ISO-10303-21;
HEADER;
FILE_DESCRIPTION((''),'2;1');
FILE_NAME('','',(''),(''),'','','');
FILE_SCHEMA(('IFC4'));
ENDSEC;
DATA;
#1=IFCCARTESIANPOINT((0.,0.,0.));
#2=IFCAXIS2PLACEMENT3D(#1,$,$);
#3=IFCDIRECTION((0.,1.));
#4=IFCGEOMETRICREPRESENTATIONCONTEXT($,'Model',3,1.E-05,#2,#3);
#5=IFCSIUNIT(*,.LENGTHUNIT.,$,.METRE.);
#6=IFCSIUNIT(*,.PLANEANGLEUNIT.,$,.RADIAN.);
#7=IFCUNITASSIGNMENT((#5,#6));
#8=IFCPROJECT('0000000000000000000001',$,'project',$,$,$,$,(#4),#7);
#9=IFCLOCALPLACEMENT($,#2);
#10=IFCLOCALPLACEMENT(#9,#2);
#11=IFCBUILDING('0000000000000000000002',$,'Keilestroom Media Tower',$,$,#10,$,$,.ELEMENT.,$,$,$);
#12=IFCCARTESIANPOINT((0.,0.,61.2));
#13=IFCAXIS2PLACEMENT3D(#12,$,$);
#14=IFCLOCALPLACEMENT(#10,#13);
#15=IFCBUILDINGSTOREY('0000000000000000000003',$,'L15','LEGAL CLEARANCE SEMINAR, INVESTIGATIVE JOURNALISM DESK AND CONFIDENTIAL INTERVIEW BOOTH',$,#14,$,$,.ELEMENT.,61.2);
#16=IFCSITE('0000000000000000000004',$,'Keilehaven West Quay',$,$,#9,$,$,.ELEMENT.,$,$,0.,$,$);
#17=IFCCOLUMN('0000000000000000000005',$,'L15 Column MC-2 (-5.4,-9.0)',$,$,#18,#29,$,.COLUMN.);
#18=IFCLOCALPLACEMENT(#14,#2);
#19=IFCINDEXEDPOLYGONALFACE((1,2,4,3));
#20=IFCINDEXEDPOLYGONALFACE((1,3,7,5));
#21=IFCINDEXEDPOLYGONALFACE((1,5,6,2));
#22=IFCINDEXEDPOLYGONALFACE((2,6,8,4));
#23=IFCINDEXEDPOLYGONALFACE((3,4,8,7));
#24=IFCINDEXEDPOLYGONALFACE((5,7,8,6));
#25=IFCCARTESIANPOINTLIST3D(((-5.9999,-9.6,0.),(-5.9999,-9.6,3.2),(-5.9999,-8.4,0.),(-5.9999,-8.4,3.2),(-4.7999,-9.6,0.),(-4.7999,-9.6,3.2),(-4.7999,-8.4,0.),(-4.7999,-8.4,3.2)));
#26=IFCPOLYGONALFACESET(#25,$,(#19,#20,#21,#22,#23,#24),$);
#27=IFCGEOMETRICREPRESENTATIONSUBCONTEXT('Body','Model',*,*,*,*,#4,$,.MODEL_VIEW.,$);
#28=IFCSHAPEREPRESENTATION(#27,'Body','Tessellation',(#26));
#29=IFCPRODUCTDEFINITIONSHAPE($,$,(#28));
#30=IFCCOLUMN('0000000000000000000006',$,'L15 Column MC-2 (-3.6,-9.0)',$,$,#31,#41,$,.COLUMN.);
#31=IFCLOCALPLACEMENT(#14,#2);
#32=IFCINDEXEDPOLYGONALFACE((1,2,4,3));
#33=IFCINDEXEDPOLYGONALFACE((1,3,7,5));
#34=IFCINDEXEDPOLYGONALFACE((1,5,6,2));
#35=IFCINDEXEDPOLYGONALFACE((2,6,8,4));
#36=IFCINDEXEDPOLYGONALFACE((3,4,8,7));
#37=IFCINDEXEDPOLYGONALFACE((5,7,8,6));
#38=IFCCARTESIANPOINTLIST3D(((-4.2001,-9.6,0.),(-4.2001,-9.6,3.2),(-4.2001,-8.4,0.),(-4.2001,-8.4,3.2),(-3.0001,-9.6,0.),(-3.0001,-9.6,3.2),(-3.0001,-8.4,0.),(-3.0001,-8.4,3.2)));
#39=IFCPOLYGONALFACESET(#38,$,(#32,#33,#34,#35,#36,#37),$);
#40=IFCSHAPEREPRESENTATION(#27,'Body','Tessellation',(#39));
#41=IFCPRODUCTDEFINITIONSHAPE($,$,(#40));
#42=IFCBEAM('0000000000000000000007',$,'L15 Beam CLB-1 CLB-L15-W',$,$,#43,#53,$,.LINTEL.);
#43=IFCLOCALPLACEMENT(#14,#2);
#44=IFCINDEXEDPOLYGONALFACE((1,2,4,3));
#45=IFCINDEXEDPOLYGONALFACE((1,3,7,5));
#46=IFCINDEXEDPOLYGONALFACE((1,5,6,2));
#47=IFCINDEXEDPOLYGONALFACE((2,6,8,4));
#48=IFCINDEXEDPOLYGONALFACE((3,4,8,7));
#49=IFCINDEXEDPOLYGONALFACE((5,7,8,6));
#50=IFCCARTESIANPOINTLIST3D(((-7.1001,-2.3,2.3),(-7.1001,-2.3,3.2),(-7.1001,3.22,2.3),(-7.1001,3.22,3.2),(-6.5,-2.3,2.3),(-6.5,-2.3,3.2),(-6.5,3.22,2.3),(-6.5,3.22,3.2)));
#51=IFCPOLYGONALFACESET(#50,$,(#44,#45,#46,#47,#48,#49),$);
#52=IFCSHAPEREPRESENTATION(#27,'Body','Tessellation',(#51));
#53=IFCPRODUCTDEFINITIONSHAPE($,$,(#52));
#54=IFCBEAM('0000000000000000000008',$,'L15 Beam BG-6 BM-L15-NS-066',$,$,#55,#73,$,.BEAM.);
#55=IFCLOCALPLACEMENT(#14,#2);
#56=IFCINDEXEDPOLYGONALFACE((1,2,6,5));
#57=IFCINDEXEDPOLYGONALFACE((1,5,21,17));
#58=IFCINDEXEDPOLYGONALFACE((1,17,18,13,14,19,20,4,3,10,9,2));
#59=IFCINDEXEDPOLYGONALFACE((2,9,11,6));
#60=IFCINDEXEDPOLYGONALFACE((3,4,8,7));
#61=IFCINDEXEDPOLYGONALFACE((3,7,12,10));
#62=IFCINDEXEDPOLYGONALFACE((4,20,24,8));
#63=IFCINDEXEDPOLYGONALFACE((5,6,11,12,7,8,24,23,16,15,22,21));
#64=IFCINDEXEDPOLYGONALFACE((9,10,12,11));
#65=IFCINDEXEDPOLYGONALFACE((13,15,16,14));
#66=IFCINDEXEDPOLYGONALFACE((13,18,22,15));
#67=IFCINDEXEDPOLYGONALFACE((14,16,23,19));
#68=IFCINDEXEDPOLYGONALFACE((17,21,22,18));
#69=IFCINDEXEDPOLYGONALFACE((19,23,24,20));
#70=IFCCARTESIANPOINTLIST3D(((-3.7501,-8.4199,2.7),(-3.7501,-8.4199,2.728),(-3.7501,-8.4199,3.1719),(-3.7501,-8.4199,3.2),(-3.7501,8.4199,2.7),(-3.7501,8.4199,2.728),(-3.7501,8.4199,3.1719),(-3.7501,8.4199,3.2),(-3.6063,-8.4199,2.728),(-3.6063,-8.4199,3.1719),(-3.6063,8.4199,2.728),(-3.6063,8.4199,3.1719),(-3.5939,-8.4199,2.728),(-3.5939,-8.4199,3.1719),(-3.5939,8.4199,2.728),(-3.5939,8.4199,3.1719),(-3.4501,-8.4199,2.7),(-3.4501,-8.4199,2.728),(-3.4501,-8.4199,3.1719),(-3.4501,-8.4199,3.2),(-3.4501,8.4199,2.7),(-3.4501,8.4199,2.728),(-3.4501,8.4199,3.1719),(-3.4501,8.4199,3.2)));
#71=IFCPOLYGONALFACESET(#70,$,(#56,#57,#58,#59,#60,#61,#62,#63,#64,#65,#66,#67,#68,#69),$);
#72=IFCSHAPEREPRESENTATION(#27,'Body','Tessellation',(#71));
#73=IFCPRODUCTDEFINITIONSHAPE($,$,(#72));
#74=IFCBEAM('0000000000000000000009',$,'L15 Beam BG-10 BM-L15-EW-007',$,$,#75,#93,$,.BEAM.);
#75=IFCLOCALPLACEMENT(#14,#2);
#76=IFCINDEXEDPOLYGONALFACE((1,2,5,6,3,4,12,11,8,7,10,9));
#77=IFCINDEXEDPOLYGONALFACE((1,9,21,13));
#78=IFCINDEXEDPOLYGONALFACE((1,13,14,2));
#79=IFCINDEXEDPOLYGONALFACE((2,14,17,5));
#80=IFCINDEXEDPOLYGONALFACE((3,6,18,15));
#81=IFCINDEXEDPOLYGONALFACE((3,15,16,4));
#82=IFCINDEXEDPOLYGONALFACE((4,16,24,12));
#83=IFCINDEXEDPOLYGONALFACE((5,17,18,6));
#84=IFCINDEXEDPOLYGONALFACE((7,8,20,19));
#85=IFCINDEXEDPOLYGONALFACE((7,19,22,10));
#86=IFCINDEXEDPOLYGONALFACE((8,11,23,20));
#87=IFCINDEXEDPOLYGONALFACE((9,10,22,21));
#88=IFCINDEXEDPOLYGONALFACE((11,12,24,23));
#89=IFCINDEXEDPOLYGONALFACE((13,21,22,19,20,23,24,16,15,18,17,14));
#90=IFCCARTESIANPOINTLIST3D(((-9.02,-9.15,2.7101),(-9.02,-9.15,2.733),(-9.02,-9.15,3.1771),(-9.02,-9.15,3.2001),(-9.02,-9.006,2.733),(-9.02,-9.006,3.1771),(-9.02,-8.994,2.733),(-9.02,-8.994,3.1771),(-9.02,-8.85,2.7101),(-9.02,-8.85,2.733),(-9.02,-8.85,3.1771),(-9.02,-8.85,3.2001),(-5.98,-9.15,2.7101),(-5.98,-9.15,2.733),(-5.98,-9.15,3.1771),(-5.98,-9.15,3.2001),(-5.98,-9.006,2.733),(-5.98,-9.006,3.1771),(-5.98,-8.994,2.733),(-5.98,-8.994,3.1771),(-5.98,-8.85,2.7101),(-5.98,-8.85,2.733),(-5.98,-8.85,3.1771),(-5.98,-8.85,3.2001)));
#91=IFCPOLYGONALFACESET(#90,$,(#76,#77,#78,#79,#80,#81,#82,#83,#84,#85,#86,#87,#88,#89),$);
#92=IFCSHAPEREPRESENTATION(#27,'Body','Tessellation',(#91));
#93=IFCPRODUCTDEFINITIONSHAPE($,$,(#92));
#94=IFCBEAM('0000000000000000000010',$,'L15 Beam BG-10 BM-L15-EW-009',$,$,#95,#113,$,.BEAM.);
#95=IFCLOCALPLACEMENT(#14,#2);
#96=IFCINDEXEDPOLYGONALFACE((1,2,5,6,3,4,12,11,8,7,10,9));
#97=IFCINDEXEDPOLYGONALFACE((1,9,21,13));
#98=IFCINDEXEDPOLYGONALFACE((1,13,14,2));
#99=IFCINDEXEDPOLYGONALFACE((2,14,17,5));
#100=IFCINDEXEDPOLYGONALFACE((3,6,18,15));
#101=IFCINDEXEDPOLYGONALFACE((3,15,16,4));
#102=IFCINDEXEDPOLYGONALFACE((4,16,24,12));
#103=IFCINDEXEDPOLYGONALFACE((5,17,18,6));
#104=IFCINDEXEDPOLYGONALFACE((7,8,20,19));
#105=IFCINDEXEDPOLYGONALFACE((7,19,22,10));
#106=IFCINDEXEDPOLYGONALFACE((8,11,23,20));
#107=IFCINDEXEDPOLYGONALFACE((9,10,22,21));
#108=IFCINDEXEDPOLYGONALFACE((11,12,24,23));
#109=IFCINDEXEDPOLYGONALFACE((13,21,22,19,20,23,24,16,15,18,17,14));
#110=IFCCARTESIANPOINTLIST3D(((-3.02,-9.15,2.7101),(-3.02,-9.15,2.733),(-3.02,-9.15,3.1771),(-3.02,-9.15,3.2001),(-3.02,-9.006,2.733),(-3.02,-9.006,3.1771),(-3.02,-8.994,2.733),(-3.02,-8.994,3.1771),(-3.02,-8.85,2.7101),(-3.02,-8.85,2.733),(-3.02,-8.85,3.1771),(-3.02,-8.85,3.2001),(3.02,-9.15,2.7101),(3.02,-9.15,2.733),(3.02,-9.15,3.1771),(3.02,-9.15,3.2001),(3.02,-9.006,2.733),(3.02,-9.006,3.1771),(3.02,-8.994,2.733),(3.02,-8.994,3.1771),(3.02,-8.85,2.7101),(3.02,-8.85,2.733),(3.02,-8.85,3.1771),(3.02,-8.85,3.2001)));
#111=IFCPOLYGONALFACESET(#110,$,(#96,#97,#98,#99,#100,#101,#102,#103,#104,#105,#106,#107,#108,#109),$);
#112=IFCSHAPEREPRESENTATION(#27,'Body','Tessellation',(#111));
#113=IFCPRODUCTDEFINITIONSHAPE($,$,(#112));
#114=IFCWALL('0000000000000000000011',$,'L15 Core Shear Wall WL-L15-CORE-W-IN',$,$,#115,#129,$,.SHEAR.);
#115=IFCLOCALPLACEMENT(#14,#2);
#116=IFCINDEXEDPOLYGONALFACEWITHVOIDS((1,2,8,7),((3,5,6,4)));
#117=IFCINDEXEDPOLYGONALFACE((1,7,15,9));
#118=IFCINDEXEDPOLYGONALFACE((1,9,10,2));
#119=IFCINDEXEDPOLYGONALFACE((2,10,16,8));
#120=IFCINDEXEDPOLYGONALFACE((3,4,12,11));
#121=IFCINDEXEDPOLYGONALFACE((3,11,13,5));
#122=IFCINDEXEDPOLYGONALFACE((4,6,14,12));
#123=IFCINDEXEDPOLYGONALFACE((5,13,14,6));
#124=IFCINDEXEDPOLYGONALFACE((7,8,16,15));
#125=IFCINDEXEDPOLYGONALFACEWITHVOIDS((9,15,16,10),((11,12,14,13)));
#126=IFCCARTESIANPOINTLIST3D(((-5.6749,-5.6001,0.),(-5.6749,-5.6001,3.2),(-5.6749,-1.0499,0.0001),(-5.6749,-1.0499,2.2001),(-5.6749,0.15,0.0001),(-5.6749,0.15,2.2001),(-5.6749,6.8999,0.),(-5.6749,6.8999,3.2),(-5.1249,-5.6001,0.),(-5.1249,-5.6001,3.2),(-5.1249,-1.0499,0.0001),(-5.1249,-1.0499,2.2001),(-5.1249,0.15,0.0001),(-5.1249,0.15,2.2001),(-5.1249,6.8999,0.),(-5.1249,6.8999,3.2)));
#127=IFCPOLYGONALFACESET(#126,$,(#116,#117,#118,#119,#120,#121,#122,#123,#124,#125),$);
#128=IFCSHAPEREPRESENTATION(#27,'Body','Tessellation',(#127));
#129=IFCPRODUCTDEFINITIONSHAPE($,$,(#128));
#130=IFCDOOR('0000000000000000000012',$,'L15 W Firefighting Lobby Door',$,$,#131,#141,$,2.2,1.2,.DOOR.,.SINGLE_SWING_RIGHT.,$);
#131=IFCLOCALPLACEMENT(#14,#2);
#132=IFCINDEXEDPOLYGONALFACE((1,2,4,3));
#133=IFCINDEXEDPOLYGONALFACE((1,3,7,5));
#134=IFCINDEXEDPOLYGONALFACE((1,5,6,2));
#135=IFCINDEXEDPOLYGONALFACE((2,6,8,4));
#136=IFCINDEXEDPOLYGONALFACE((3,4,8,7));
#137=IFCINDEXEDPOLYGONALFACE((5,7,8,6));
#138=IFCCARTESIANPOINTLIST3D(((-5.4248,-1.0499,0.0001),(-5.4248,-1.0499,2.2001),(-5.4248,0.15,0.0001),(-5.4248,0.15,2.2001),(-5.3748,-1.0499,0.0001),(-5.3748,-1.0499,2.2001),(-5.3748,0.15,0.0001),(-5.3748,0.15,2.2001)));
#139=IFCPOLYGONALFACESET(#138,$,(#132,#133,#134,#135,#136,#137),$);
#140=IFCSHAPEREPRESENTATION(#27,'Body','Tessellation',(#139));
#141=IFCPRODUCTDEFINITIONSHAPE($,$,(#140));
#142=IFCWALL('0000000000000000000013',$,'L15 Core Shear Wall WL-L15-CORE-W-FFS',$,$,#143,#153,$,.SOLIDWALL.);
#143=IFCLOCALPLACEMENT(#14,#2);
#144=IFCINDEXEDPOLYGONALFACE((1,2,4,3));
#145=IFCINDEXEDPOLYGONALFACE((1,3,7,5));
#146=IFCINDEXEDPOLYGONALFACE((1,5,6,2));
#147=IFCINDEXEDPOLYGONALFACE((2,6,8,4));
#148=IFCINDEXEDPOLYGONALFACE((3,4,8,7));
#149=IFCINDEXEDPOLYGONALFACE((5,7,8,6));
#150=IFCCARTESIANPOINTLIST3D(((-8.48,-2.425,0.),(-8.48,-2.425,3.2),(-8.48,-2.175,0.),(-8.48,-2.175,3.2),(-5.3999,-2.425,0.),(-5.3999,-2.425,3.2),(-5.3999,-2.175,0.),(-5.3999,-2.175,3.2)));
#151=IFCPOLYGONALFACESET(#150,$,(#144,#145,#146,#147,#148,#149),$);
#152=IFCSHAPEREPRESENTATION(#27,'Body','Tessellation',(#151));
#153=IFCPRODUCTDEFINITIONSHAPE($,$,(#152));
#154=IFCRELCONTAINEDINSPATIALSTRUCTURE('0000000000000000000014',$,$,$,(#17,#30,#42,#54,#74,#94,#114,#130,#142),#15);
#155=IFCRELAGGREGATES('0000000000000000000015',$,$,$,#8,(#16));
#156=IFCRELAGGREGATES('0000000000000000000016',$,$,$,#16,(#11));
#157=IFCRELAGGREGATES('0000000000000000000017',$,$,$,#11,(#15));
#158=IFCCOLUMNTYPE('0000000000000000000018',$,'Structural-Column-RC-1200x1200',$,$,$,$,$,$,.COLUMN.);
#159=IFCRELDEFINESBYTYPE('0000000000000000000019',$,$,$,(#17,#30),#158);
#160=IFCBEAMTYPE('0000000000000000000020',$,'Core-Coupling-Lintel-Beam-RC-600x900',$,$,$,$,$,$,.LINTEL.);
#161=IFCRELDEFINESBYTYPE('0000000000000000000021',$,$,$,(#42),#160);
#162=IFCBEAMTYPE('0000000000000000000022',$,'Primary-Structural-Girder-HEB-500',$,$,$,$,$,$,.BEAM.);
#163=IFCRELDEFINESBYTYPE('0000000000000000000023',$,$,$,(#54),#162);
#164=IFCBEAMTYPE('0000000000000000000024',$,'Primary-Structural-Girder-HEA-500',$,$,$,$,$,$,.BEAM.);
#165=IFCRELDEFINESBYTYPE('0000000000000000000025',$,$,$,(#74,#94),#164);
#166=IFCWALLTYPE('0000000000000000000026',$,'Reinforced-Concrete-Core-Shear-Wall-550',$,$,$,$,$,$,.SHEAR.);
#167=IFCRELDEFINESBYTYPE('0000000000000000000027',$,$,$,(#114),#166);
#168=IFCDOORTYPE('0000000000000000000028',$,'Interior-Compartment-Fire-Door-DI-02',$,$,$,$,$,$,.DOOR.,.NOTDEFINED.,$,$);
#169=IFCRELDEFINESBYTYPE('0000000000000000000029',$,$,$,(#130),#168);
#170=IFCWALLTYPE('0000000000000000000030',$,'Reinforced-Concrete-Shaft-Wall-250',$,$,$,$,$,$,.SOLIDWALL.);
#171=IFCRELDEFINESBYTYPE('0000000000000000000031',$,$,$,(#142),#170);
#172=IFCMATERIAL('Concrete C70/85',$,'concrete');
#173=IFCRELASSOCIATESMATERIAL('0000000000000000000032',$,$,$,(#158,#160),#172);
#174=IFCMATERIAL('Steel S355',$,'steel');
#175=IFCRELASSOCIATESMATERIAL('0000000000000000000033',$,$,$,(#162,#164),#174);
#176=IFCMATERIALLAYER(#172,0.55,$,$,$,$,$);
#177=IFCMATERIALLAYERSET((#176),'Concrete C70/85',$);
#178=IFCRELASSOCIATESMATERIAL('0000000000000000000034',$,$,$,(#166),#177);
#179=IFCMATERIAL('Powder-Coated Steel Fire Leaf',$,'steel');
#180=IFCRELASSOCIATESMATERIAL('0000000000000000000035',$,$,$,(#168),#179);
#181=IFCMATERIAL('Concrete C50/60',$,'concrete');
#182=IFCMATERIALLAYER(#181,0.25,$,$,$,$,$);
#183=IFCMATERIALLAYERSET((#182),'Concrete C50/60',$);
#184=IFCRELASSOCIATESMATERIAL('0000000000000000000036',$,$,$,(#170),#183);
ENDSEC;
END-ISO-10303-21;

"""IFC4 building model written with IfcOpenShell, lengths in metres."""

from ifc_helpers import new_model, si_unit, direction, frame, frame_2d, origin, origin_2d, place, context, subcontext, project, spatial, rectangle, i_section, extrude, source, transform, mapped, material, layer, layer_set, material_profile, profile_set, type_object, element, fill, save


model = new_model("IFC4")

# Units and contexts
model_context = context("Model", 3, precision=1e-05, world=origin(), true_north=direction((0.0, 1.0)))
body_context = subcontext(model_context, "Body", "Model", "MODEL_VIEW")
ifc_project = project(units=[si_unit("LENGTHUNIT", "METRE"), si_unit("PLANEANGLEUNIT", "RADIAN")], contexts=[model_context])

# Site, building, storey
site_placement = place(None, origin())
site = spatial("IfcSite", under=ifc_project, at=site_placement, Name="Keilehaven West Quay", CompositionType="ELEMENT", RefElevation=0.0)
building_placement = place(site_placement, origin())
building = spatial("IfcBuilding", under=site, at=building_placement, Name="Keilestroom Media Tower", CompositionType="ELEMENT")
storey_placement = place(building_placement, frame((0.0, 0.0, 61.2)))
storey = spatial("IfcBuildingStorey", under=building, at=storey_placement, Name="L15", Description="LEGAL CLEARANCE SEMINAR, INVESTIGATIVE JOURNALISM DESK AND CONFIDENTIAL INTERVIEW BOOTH", CompositionType="ELEMENT", Elevation=61.2)

# Columns
ifc_material_1 = material(Name="Concrete C70/85", Category="concrete")
ifc_material_profile_1 = material_profile(ifc_material_1, rectangle(XDim=1.2, YDim=1.2, at=origin_2d()), Name="RC 1200x1200")
ifc_profile_set_1 = profile_set([ifc_material_profile_1], Name="Concrete C70/85")
column_type = type_object("IfcColumnType", Name="Structural-Column-RC-1200x1200", PredefinedType="COLUMN", material=ifc_profile_set_1)
shared_shape_1 = source(origin(), body_context, "Body", "SweptSolid", [
    extrude(rectangle(XDim=1.2, YDim=1.2, at=origin_2d()), origin(), (0.0, 0.0, 1.0), 3.2),
])
for number, where, z_axis, x_axis, name in (
    (1, (-5.3999, -9.0, 0.0), (0.0, 0.0, 1.0), (1.0, 0.0, 0.0), "L15 Column MC-2 (-5.4,-9.0)"),
    (2, (-3.6001, -9.0, 0.0), (0.0, 0.0, 1.0), (1.0, 0.0, 0.0), "L15 Column MC-2 (-3.6,-9.0)"),
):
    element("IfcColumn", number, at=place(storey_placement, frame(where, z_axis=z_axis, x_axis=x_axis)), inside=storey, type_object=column_type, Name=name, PredefinedType="COLUMN", context=body_context, shape_type="MappedRepresentation", body=[
        mapped(shared_shape_1, transform((0.0, 0.0, 0.0), x_axis=(1.0, 0.0, 0.0), y_axis=(0.0, 1.0, 0.0), z_axis=(0.0, 0.0, 1.0), scale=1.0)),
    ])

# Beams
ifc_material_profile_2 = material_profile(ifc_material_1, rectangle(XDim=0.6001, YDim=0.8999, at=origin_2d()), Name="RC 600x900")
ifc_profile_set_2 = profile_set([ifc_material_profile_2], Name="Concrete C70/85")
beam_type_1 = type_object("IfcBeamType", Name="Core-Coupling-Lintel-Beam-RC-600x900", PredefinedType="LINTEL", material=ifc_profile_set_2)
shared_shape_2 = source(origin(), body_context, "Body", "SweptSolid", [
    extrude(rectangle(XDim=0.6001, YDim=0.8999, at=origin_2d()), origin(), (0.0, 0.0, 1.0), 5.52),
])
beam_1_placement = place(storey_placement, frame((-6.8, -2.3, 2.75), z_axis=(0.0, 1.0, 0.0), x_axis=(-1.0, 0.0, 0.0)))
element("IfcBeam", 3, at=beam_1_placement, inside=storey, type_object=beam_type_1, Name="L15 Beam CLB-1 CLB-L15-W", PredefinedType="LINTEL", context=body_context, shape_type="MappedRepresentation", body=[
    mapped(shared_shape_2, transform((0.0, 0.0, 0.0), x_axis=(1.0, 0.0, 0.0), y_axis=(0.0, 1.0, 0.0), z_axis=(0.0, 0.0, 1.0), scale=1.0)),
])
ifc_material_2 = material(Name="Steel S355", Category="steel")
ifc_material_profile_3 = material_profile(ifc_material_2, i_section(OverallWidth=0.3, OverallDepth=0.5, WebThickness=0.0125, FlangeThickness=0.0281, at=origin_2d()), Name="HEB 500")
ifc_profile_set_3 = profile_set([ifc_material_profile_3], Name="Steel S355")
beam_type_2 = type_object("IfcBeamType", Name="Primary-Structural-Girder-HEB-500", PredefinedType="BEAM", material=ifc_profile_set_3)
shared_shape_3 = source(origin(), body_context, "Body", "SweptSolid", [
    extrude(i_section(OverallWidth=0.3, OverallDepth=0.5, WebThickness=0.0125, FlangeThickness=0.0281, at=origin_2d()), origin(), (0.0, 0.0, 1.0), 16.8398),
])
beam_2_placement = place(storey_placement, frame((-3.6001, -8.4199, 2.95), z_axis=(0.0, 1.0, 0.0), x_axis=(-1.0, 0.0, 0.0)))
element("IfcBeam", 4, at=beam_2_placement, inside=storey, type_object=beam_type_2, Name="L15 Beam BG-6 BM-L15-NS-066", PredefinedType="BEAM", context=body_context, shape_type="MappedRepresentation", body=[
    mapped(shared_shape_3, transform((0.0, 0.0, 0.0), x_axis=(1.0, 0.0, 0.0), y_axis=(0.0, 1.0, 0.0), z_axis=(0.0, 0.0, 1.0), scale=1.0)),
])
ifc_material_profile_4 = material_profile(ifc_material_2, i_section(OverallWidth=0.3, OverallDepth=0.49, WebThickness=0.012, FlangeThickness=0.0229, at=origin_2d()), Name="HEA 500")
ifc_profile_set_4 = profile_set([ifc_material_profile_4], Name="Steel S355")
beam_type_3 = type_object("IfcBeamType", Name="Primary-Structural-Girder-HEA-500", PredefinedType="BEAM", material=ifc_profile_set_4)
shared_shape_4 = source(origin(), body_context, "Body", "SweptSolid", [
    extrude(i_section(OverallWidth=0.3, OverallDepth=0.49, WebThickness=0.012, FlangeThickness=0.0229, at=origin_2d()), origin(), (0.0, 0.0, 1.0), 3.04),
])
beam_3_placement = place(storey_placement, frame((-9.02, -9.0, 2.9551), z_axis=(1.0, 0.0, 0.0), x_axis=(0.0, 1.0, 0.0)))
element("IfcBeam", 5, at=beam_3_placement, inside=storey, type_object=beam_type_3, Name="L15 Beam BG-10 BM-L15-EW-007", PredefinedType="BEAM", context=body_context, shape_type="MappedRepresentation", body=[
    mapped(shared_shape_4, transform((0.0, 0.0, 0.0), x_axis=(1.0, 0.0, 0.0), y_axis=(0.0, 1.0, 0.0), z_axis=(0.0, 0.0, 1.0), scale=1.0)),
])
shared_shape_5 = source(origin(), body_context, "Body", "SweptSolid", [
    extrude(i_section(OverallWidth=0.3, OverallDepth=0.49, WebThickness=0.012, FlangeThickness=0.0229, at=origin_2d()), origin(), (0.0, 0.0, 1.0), 6.04),
])
beam_4_placement = place(storey_placement, frame((-3.02, -9.0, 2.9551), z_axis=(1.0, 0.0, 0.0), x_axis=(0.0, 1.0, 0.0)))
element("IfcBeam", 6, at=beam_4_placement, inside=storey, type_object=beam_type_3, Name="L15 Beam BG-10 BM-L15-EW-009", PredefinedType="BEAM", context=body_context, shape_type="MappedRepresentation", body=[
    mapped(shared_shape_5, transform((0.0, 0.0, 0.0), x_axis=(1.0, 0.0, 0.0), y_axis=(0.0, 1.0, 0.0), z_axis=(0.0, 0.0, 1.0), scale=1.0)),
])

# Wall, opening, door
ifc_layer_1 = layer(ifc_material_1, 0.55)
ifc_layer_set_1 = layer_set([ifc_layer_1], Name="Concrete C70/85")
wall_type_1 = type_object("IfcWallType", Name="Reinforced-Concrete-Core-Shear-Wall-550", PredefinedType="SHEAR", material=ifc_layer_set_1)
wall_1_placement = place(storey_placement, frame((-5.3999, -5.6001, 0.0), z_axis=(0.0, 0.0, 1.0), x_axis=(0.0, 1.0, 0.0)))
wall_1 = element("IfcWall", 7, at=wall_1_placement, inside=storey, type_object=wall_type_1, Name="L15 Core Shear Wall WL-L15-CORE-W-IN", PredefinedType="SHEAR", context=body_context, shape_type="SweptSolid", body=[
    extrude(rectangle(XDim=12.5, YDim=0.55, at=frame_2d((6.25, 0.0))), origin(), (0.0, 0.0, 1.0), 3.2),
])
opening_1_placement = place(wall_1_placement, frame((4.55, 0.0, 0.0)))
opening_1 = element("IfcOpeningElement", 8, at=opening_1_placement, cuts=wall_1, PredefinedType="OPENING", context=body_context, shape_type="SweptSolid", body=[
    extrude(rectangle(XDim=1.2, YDim=2.2, at=frame_2d((0.6001, 1.1001))), frame((0.0, 0.2852, 0.0), z_axis=(0.0, -1.0, 0.0), x_axis=(1.0, 0.0, 0.0)), (0.0, 0.0, 1.0), 0.5701),
])
ifc_material_3 = material(Name="Powder-Coated Steel Fire Leaf", Category="steel")
door_type_1 = type_object("IfcDoorType", Name="Interior-Compartment-Fire-Door-DI-02", OperationType="NOTDEFINED", PredefinedType="DOOR", material=ifc_material_3)
shared_shape_6 = source(origin(), body_context, "Body", "SweptSolid", [
    extrude(rectangle(XDim=1.2, YDim=2.2, at=frame_2d((0.6001, 1.1001))), frame((0.0, 0.0249, 0.0), z_axis=(0.0, -1.0, 0.0), x_axis=(1.0, 0.0, 0.0)), (0.0, 0.0, 1.0), 0.05),
])
door_1_placement = place(opening_1_placement, origin())
door_1 = element("IfcDoor", 9, at=door_1_placement, inside=storey, type_object=door_type_1, Name="L15 W Firefighting Lobby Door", OperationType="SINGLE_SWING_RIGHT", OverallHeight=2.2, OverallWidth=1.2, PredefinedType="DOOR", context=body_context, shape_type="MappedRepresentation", body=[
    mapped(shared_shape_6, transform((0.0, 0.0, 0.0), x_axis=(1.0, 0.0, 0.0), y_axis=(0.0, 1.0, 0.0), z_axis=(0.0, 0.0, 1.0), scale=1.0)),
])
fill(opening_1, door_1)

# Wall
ifc_material_4 = material(Name="Concrete C50/60", Category="concrete")
ifc_layer_2 = layer(ifc_material_4, 0.25)
ifc_layer_set_2 = layer_set([ifc_layer_2], Name="Concrete C50/60")
wall_type_2 = type_object("IfcWallType", Name="Reinforced-Concrete-Shaft-Wall-250", PredefinedType="SOLIDWALL", material=ifc_layer_set_2)
wall_2_placement = place(storey_placement, frame((-8.48, -2.3, 0.0), z_axis=(0.0, 0.0, 1.0), x_axis=(1.0, 0.0, 0.0)))
element("IfcWall", 10, at=wall_2_placement, inside=storey, type_object=wall_type_2, Name="L15 Core Shear Wall WL-L15-CORE-W-FFS", PredefinedType="SOLIDWALL", context=body_context, shape_type="SweptSolid", body=[
    extrude(rectangle(XDim=3.0801, YDim=0.25, at=frame_2d((1.54, 0.0))), origin(), (0.0, 0.0, 1.0), 3.2),
])

save(model, "model.ifc")
